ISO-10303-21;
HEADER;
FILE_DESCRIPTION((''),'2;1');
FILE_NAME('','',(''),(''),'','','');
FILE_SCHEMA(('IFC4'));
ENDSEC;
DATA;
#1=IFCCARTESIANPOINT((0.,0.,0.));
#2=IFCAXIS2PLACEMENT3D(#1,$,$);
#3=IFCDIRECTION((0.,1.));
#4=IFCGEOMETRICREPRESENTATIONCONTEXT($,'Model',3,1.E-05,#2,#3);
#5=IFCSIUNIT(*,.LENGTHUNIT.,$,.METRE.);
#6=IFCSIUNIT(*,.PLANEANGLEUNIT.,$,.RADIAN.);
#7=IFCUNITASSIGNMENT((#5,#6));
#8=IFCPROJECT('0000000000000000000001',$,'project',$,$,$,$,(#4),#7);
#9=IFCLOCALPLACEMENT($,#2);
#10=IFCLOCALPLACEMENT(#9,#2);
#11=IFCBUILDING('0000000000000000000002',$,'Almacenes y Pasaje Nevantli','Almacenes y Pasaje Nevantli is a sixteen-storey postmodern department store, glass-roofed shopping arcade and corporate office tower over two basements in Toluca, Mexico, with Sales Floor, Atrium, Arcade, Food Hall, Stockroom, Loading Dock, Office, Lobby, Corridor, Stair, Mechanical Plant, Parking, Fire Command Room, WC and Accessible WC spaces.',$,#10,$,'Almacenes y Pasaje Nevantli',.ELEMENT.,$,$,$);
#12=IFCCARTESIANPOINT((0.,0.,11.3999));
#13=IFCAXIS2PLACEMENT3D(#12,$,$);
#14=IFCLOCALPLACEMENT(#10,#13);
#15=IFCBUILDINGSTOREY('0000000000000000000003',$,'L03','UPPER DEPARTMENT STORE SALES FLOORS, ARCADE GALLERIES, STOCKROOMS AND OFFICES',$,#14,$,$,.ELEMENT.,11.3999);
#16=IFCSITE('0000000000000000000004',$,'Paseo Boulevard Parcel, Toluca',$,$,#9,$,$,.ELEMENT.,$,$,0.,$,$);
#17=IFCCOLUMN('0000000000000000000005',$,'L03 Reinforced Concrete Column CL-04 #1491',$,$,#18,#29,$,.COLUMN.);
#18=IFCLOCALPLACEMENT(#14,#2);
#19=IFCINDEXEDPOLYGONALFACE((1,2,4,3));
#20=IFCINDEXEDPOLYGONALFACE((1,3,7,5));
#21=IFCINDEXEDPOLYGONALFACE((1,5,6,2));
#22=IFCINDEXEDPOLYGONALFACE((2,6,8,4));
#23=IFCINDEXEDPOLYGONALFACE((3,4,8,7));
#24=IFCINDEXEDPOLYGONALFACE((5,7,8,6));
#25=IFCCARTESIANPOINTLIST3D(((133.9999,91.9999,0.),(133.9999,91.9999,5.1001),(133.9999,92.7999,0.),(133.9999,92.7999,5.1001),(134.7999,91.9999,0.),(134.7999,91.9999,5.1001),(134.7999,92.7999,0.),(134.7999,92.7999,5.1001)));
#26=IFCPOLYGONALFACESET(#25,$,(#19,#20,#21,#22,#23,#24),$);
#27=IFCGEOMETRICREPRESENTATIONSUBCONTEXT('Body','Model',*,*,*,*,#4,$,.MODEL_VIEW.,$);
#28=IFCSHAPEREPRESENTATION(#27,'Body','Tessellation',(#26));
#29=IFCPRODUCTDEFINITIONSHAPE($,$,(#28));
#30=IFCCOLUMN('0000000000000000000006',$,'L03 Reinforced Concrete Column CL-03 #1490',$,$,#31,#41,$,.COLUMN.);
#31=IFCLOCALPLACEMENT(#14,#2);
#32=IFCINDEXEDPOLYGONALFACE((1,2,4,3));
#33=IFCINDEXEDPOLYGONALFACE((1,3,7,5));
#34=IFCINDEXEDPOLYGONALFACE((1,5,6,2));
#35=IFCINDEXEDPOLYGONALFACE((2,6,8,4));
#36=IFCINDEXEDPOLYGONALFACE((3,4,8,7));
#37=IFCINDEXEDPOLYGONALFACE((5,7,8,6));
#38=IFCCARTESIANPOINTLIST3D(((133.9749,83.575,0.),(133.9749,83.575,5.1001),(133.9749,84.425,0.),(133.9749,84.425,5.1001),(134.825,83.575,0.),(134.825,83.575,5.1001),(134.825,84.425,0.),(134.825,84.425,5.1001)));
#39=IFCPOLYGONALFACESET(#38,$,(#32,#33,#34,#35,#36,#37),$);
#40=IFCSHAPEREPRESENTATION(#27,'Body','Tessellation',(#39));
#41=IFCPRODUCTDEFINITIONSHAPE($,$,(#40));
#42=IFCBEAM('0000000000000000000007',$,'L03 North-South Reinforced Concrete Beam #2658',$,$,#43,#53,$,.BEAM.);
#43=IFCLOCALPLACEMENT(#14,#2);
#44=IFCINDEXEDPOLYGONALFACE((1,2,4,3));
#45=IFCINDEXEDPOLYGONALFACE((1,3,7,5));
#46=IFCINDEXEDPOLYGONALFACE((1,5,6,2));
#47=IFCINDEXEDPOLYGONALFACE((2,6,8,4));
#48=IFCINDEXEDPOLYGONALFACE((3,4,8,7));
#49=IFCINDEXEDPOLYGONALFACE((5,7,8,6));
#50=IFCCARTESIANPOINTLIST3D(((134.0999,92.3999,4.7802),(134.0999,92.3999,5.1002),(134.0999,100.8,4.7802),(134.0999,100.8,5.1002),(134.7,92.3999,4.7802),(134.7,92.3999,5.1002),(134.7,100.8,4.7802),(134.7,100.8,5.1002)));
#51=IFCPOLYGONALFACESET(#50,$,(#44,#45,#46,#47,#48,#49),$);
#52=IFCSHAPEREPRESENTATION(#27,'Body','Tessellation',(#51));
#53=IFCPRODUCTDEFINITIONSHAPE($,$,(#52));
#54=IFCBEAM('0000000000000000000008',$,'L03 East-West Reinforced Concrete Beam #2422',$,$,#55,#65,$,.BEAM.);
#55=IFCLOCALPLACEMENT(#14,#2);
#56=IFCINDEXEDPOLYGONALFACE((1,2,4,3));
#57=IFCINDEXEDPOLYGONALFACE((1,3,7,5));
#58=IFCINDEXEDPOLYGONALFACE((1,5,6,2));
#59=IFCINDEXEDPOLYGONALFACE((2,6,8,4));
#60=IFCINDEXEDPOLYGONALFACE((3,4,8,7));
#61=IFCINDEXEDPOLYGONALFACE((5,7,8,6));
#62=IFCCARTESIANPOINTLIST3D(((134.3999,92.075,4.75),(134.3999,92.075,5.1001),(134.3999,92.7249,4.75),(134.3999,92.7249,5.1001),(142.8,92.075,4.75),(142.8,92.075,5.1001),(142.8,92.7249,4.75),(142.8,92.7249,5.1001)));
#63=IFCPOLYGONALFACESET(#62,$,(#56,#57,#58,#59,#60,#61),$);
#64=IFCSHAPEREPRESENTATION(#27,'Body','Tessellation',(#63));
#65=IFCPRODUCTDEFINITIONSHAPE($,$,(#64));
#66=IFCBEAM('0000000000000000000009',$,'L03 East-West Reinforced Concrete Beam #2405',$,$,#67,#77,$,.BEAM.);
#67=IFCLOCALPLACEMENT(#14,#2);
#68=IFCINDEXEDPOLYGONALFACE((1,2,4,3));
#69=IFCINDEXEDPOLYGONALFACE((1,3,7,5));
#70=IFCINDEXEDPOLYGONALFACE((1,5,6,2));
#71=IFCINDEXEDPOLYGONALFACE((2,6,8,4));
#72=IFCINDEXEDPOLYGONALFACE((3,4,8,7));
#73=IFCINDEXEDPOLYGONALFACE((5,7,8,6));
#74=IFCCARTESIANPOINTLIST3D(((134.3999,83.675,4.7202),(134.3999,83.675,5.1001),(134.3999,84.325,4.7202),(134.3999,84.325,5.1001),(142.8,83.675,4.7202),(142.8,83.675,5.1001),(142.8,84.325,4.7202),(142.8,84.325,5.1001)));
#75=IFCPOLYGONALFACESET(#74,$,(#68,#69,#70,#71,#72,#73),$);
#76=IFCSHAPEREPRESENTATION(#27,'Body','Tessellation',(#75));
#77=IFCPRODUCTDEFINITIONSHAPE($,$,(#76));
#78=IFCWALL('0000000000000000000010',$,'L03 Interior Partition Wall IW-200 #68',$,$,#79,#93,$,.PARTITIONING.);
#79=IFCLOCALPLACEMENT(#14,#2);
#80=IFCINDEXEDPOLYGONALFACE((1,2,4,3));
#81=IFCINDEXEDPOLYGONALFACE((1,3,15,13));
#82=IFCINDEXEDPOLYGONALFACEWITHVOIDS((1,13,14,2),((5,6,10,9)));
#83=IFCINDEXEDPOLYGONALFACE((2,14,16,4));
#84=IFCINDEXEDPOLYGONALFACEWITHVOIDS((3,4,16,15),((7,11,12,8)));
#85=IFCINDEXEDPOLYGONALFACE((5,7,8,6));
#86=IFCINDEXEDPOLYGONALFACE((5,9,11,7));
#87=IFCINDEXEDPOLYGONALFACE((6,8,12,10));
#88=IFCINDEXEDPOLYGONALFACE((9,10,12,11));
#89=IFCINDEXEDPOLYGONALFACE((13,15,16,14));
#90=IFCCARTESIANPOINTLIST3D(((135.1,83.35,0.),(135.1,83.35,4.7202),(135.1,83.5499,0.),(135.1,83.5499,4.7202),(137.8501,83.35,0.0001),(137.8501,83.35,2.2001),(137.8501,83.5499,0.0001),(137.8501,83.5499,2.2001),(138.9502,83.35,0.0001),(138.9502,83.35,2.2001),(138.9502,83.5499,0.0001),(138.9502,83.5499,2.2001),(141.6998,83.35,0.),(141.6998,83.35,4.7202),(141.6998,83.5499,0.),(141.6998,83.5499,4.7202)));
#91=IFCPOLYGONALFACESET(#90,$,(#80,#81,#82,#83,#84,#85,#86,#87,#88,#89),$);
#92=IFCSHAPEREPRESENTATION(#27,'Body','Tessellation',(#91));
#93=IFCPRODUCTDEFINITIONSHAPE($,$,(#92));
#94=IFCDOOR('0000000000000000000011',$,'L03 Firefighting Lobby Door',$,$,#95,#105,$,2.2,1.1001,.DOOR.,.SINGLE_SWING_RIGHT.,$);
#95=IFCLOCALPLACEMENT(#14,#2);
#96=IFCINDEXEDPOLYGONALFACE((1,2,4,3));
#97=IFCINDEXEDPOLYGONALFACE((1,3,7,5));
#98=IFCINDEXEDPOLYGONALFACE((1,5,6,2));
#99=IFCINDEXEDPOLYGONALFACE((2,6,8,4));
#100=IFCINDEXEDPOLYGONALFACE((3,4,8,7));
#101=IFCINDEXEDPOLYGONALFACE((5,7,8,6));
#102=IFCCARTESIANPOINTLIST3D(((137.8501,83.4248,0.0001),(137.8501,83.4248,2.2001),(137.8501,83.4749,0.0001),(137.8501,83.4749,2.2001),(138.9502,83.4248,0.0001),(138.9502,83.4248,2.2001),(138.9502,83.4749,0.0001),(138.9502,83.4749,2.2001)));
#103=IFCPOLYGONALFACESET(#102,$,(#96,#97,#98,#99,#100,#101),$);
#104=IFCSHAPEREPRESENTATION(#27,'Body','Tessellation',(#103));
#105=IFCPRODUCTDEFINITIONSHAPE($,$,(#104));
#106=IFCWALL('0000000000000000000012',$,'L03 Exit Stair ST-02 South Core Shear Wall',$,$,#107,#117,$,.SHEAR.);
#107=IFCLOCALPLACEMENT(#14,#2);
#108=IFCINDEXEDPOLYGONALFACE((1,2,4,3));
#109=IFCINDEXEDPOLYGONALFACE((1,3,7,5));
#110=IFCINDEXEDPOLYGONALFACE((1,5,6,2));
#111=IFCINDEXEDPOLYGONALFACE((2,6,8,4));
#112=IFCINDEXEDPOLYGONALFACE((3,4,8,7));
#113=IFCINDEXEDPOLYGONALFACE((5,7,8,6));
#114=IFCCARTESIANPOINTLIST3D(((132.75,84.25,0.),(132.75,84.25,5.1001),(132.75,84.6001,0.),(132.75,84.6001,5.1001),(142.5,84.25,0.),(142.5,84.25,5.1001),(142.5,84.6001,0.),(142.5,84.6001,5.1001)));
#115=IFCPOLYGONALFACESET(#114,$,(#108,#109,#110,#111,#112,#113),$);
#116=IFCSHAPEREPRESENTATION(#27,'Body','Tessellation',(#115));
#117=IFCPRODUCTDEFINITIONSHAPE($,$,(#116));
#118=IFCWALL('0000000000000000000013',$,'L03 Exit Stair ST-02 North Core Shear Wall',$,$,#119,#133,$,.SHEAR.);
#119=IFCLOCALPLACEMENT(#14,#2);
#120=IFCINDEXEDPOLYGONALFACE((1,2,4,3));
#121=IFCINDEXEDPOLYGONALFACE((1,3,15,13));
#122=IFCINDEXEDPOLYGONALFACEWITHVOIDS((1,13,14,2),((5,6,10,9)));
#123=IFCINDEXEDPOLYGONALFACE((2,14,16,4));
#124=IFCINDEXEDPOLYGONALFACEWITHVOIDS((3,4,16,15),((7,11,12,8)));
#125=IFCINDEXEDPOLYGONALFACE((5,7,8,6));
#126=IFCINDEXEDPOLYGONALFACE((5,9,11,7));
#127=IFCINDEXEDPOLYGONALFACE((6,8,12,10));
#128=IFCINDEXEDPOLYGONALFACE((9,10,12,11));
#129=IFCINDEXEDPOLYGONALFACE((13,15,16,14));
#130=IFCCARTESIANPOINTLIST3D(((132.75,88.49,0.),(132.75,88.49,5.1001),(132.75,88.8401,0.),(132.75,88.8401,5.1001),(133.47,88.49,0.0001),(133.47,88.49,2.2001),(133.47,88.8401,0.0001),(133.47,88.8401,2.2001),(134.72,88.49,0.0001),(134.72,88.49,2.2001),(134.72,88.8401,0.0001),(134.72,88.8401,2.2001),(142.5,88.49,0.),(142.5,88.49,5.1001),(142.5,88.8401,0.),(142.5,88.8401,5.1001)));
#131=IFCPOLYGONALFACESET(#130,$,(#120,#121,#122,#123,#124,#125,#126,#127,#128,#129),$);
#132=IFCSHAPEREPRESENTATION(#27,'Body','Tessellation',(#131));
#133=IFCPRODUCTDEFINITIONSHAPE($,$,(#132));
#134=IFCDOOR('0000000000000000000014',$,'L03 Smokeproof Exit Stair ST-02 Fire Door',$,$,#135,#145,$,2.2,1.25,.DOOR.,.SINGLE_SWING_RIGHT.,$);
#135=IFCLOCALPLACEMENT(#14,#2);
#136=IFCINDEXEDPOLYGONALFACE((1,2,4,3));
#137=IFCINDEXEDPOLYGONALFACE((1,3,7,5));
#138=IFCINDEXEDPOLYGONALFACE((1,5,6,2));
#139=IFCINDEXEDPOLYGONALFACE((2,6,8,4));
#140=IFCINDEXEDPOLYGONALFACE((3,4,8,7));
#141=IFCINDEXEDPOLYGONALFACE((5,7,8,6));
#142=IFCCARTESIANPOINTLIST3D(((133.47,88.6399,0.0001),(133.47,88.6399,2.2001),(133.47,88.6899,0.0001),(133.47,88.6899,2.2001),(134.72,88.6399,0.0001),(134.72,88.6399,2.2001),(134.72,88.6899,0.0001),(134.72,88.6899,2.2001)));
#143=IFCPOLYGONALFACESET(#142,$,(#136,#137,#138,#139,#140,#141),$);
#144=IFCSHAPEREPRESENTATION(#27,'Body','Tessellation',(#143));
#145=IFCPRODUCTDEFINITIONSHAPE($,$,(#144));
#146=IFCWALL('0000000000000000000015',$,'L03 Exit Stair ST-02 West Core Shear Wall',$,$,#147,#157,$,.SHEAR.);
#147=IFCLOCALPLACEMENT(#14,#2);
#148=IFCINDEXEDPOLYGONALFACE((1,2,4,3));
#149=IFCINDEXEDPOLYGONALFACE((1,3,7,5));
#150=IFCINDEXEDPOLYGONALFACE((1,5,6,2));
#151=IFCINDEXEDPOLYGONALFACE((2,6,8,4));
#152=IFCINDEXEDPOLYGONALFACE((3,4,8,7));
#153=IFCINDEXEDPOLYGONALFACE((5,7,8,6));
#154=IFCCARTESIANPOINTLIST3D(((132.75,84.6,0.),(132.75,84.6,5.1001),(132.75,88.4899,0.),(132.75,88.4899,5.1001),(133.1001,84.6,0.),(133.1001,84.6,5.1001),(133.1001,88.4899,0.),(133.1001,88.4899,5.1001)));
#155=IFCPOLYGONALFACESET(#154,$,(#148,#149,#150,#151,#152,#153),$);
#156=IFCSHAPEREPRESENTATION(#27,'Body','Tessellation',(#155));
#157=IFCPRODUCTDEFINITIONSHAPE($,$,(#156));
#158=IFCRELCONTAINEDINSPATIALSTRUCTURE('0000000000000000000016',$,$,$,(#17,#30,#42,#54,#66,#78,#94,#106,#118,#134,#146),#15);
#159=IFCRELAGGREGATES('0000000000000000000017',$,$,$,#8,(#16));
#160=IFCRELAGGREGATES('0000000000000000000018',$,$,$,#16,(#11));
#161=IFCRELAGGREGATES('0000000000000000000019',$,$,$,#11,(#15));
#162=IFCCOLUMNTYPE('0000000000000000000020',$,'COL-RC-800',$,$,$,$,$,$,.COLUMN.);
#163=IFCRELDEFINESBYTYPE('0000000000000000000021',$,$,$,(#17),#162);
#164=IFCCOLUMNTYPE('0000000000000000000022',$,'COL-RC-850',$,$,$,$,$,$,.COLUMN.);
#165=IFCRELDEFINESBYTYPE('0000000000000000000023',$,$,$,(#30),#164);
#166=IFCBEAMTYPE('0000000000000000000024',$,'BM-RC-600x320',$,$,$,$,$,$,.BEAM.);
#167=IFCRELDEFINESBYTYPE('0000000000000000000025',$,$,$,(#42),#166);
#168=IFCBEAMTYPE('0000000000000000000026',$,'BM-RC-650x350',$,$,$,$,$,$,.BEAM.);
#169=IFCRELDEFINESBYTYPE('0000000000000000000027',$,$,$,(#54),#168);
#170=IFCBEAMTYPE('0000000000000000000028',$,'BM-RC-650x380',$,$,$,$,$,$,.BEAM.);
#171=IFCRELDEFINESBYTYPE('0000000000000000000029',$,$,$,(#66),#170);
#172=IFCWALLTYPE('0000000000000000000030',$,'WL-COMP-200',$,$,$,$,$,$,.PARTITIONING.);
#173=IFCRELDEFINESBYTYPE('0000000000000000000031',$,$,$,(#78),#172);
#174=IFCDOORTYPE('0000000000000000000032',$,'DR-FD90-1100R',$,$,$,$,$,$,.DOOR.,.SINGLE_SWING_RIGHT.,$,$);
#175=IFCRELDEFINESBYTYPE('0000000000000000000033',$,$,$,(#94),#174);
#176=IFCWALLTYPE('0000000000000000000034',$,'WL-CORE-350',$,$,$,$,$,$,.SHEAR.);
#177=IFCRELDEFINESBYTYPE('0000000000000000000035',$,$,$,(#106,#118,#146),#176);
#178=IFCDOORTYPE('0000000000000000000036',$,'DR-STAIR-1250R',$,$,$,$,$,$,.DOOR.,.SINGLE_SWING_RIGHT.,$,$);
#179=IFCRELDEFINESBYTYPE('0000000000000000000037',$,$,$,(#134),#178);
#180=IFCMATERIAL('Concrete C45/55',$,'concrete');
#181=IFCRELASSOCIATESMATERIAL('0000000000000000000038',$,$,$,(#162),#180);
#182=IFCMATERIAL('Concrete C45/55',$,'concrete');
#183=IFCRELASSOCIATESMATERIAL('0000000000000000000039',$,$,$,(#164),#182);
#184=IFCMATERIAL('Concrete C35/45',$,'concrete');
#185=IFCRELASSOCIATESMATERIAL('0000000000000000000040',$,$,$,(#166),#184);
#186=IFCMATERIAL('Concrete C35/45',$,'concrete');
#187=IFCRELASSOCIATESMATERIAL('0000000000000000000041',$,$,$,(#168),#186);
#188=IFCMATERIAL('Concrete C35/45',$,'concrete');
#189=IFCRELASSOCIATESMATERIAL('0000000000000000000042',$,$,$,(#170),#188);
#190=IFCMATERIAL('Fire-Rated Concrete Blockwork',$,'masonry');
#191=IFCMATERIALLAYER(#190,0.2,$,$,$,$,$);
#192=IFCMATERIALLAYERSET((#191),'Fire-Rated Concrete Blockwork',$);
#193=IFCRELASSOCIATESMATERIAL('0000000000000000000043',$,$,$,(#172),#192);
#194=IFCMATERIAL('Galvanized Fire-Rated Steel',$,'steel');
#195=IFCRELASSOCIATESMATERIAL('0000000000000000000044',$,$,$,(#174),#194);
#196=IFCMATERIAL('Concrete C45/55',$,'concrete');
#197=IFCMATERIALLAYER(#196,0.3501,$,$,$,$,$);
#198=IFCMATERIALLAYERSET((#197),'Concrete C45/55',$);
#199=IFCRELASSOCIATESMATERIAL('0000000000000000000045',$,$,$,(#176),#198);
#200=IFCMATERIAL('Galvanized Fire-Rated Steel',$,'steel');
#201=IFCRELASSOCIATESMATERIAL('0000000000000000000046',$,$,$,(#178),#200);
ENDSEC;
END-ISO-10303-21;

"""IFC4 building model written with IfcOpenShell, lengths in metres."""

from ifc_helpers import new_model, si_unit, direction, frame, frame_2d, origin, origin_2d, place, context, subcontext, project, spatial, rectangle, extrude, material, layer, layer_set, material_profile, profile_set, type_object, element, fill, save


model = new_model("IFC4")

# Units and contexts
model_context = context("Model", 3, precision=1e-05, world=origin(), true_north=direction((0.0, 1.0)))
body_context = subcontext(model_context, "Body", "Model", "MODEL_VIEW")
ifc_project = project(units=[si_unit("LENGTHUNIT", "METRE"), si_unit("PLANEANGLEUNIT", "RADIAN")], contexts=[model_context])

# Site, building, storey
site_placement = place(None, origin())
site = spatial("IfcSite", under=ifc_project, at=site_placement, Name="Paseo Boulevard Parcel, Toluca", CompositionType="ELEMENT", RefElevation=0.0)
building_placement = place(site_placement, origin())
building = spatial("IfcBuilding", under=site, at=building_placement, Name="Almacenes y Pasaje Nevantli", Description="Almacenes y Pasaje Nevantli is a sixteen-storey postmodern department store, glass-roofed shopping arcade and corporate office tower over two basements in Toluca, Mexico, with Sales Floor, Atrium, Arcade, Food Hall, Stockroom, Loading Dock, Office, Lobby, Corridor, Stair, Mechanical Plant, Parking, Fire Command Room, WC and Accessible WC spaces.", LongName="Almacenes y Pasaje Nevantli", CompositionType="ELEMENT")
storey_placement = place(building_placement, frame((0.0, 0.0, 11.3999)))
storey = spatial("IfcBuildingStorey", under=building, at=storey_placement, Name="L03", Description="UPPER DEPARTMENT STORE SALES FLOORS, ARCADE GALLERIES, STOCKROOMS AND OFFICES", CompositionType="ELEMENT", Elevation=11.3999)

# Columns
ifc_material_1 = material(Name="Concrete C45/55", Category="concrete")
ifc_material_profile_1 = material_profile(ifc_material_1, rectangle(XDim=0.8, YDim=0.8, at=origin_2d()), Name="RC-COL-800x800")
ifc_profile_set_1 = profile_set([ifc_material_profile_1], Name="Concrete C45/55")
column_type_1 = type_object("IfcColumnType", Name="COL-RC-800", PredefinedType="COLUMN", material=ifc_profile_set_1)
column_1_placement = place(storey_placement, frame((134.3999, 92.3999, 0.0), z_axis=(0.0, 0.0, 1.0), x_axis=(1.0, 0.0, 0.0)))
element("IfcColumn", 1, at=column_1_placement, inside=storey, type_object=column_type_1, Name="L03 Reinforced Concrete Column CL-04 #1491", PredefinedType="COLUMN", context=body_context, shape_type="SweptSolid", body=[
    extrude(rectangle(XDim=0.8, YDim=0.8, at=origin_2d()), origin(), (0.0, 0.0, 1.0), 5.1001),
])
ifc_material_2 = material(Name="Concrete C45/55", Category="concrete")
ifc_material_profile_2 = material_profile(ifc_material_2, rectangle(XDim=0.8501, YDim=0.8501, at=origin_2d()), Name="RC-COL-850x850")
ifc_profile_set_2 = profile_set([ifc_material_profile_2], Name="Concrete C45/55")
column_type_2 = type_object("IfcColumnType", Name="COL-RC-850", PredefinedType="COLUMN", material=ifc_profile_set_2)
column_2_placement = place(storey_placement, frame((134.3999, 84.0, 0.0), z_axis=(0.0, 0.0, 1.0), x_axis=(1.0, 0.0, 0.0)))
element("IfcColumn", 2, at=column_2_placement, inside=storey, type_object=column_type_2, Name="L03 Reinforced Concrete Column CL-03 #1490", PredefinedType="COLUMN", context=body_context, shape_type="SweptSolid", body=[
    extrude(rectangle(XDim=0.8501, YDim=0.8501, at=origin_2d()), origin(), (0.0, 0.0, 1.0), 5.1001),
])

# Beams
ifc_material_3 = material(Name="Concrete C35/45", Category="concrete")
ifc_material_profile_3 = material_profile(ifc_material_3, rectangle(XDim=0.6001, YDim=0.3201, at=origin_2d()), Name="RC-BM-600x320")
ifc_profile_set_3 = profile_set([ifc_material_profile_3], Name="Concrete C35/45")
beam_type_1 = type_object("IfcBeamType", Name="BM-RC-600x320", PredefinedType="BEAM", material=ifc_profile_set_3)
beam_1_placement = place(storey_placement, frame((134.3999, 92.3999, 4.9402), z_axis=(0.0, 1.0, 0.0), x_axis=(-1.0, 0.0, 0.0)))
element("IfcBeam", 3, at=beam_1_placement, inside=storey, type_object=beam_type_1, Name="L03 North-South Reinforced Concrete Beam #2658", PredefinedType="BEAM", context=body_context, shape_type="SweptSolid", body=[
    extrude(rectangle(XDim=0.6001, YDim=0.3201, at=origin_2d()), origin(), (0.0, 0.0, 1.0), 8.4001),
])
ifc_material_4 = material(Name="Concrete C35/45", Category="concrete")
ifc_material_profile_4 = material_profile(ifc_material_4, rectangle(XDim=0.6499, YDim=0.3501, at=origin_2d()), Name="RC-BM-650x350")
ifc_profile_set_4 = profile_set([ifc_material_profile_4], Name="Concrete C35/45")
beam_type_2 = type_object("IfcBeamType", Name="BM-RC-650x350", PredefinedType="BEAM", material=ifc_profile_set_4)
beam_2_placement = place(storey_placement, frame((134.3999, 92.3999, 4.925), z_axis=(1.0, 0.0, 0.0), x_axis=(0.0, 1.0, 0.0)))
element("IfcBeam", 4, at=beam_2_placement, inside=storey, type_object=beam_type_2, Name="L03 East-West Reinforced Concrete Beam #2422", PredefinedType="BEAM", context=body_context, shape_type="SweptSolid", body=[
    extrude(rectangle(XDim=0.6499, YDim=0.3501, at=origin_2d()), origin(), (0.0, 0.0, 1.0), 8.4001),
])
ifc_material_5 = material(Name="Concrete C35/45", Category="concrete")
ifc_material_profile_5 = material_profile(ifc_material_5, rectangle(XDim=0.6499, YDim=0.3799, at=origin_2d()), Name="RC-BM-650x380")
ifc_profile_set_5 = profile_set([ifc_material_profile_5], Name="Concrete C35/45")
beam_type_3 = type_object("IfcBeamType", Name="BM-RC-650x380", PredefinedType="BEAM", material=ifc_profile_set_5)
beam_3_placement = place(storey_placement, frame((134.3999, 84.0, 4.9102), z_axis=(1.0, 0.0, 0.0), x_axis=(0.0, 1.0, 0.0)))
element("IfcBeam", 5, at=beam_3_placement, inside=storey, type_object=beam_type_3, Name="L03 East-West Reinforced Concrete Beam #2405", PredefinedType="BEAM", context=body_context, shape_type="SweptSolid", body=[
    extrude(rectangle(XDim=0.6499, YDim=0.3799, at=origin_2d()), origin(), (0.0, 0.0, 1.0), 8.4001),
])

# Wall, opening, door
ifc_material_6 = material(Name="Fire-Rated Concrete Blockwork", Category="masonry")
ifc_layer_1 = layer(ifc_material_6, 0.2)
ifc_layer_set_1 = layer_set([ifc_layer_1], Name="Fire-Rated Concrete Blockwork")
wall_type_1 = type_object("IfcWallType", Name="WL-COMP-200", PredefinedType="PARTITIONING", material=ifc_layer_set_1)
wall_1_placement = place(storey_placement, frame((135.1001, 83.45, 0.0), z_axis=(0.0, 0.0, 1.0), x_axis=(1.0, 0.0, 0.0)))
wall_1 = element("IfcWall", 6, at=wall_1_placement, inside=storey, type_object=wall_type_1, Name="L03 Interior Partition Wall IW-200 #68", PredefinedType="PARTITIONING", context=body_context, shape_type="SweptSolid", body=[
    extrude(rectangle(XDim=6.5999, YDim=0.2, at=frame_2d((3.2998, 0.0))), origin(), (0.0, 0.0, 1.0), 4.7202),
])
opening_1_placement = place(wall_1_placement, frame((2.75, 0.0, 0.0)))
opening_1 = element("IfcOpeningElement", 7, at=opening_1_placement, cuts=wall_1, PredefinedType="OPENING", context=body_context, shape_type="SweptSolid", body=[
    extrude(rectangle(XDim=1.1001, YDim=2.2, at=frame_2d((0.55, 1.1001))), frame((0.0, 0.1099, 0.0), z_axis=(0.0, -1.0, 0.0), x_axis=(1.0, 0.0, 0.0)), (0.0, 0.0, 1.0), 0.22),
])
ifc_material_7 = material(Name="Galvanized Fire-Rated Steel", Category="steel")
door_type_1 = type_object("IfcDoorType", Name="DR-FD90-1100R", OperationType="SINGLE_SWING_RIGHT", PredefinedType="DOOR", material=ifc_material_7)
door_1_placement = place(opening_1_placement, origin())
door_1 = element("IfcDoor", 8, at=door_1_placement, inside=storey, type_object=door_type_1, Name="L03 Firefighting Lobby Door", OperationType="SINGLE_SWING_RIGHT", OverallHeight=2.2, OverallWidth=1.1001, PredefinedType="DOOR", context=body_context, shape_type="SweptSolid", body=[
    extrude(rectangle(XDim=1.1001, YDim=2.2, at=frame_2d((0.55, 1.1001))), frame((0.0, 0.0249, 0.0), z_axis=(0.0, -1.0, 0.0), x_axis=(1.0, 0.0, 0.0)), (0.0, 0.0, 1.0), 0.05),
])
fill(opening_1, door_1)

# Wall
ifc_material_8 = material(Name="Concrete C45/55", Category="concrete")
ifc_layer_2 = layer(ifc_material_8, 0.3501)
ifc_layer_set_2 = layer_set([ifc_layer_2], Name="Concrete C45/55")
wall_type_2 = type_object("IfcWallType", Name="WL-CORE-350", PredefinedType="SHEAR", material=ifc_layer_set_2)
wall_2_placement = place(storey_placement, frame((132.75, 84.425, 0.0), z_axis=(0.0, 0.0, 1.0), x_axis=(1.0, 0.0, 0.0)))
element("IfcWall", 9, at=wall_2_placement, inside=storey, type_object=wall_type_2, Name="L03 Exit Stair ST-02 South Core Shear Wall", PredefinedType="SHEAR", context=body_context, shape_type="SweptSolid", body=[
    extrude(rectangle(XDim=9.75, YDim=0.3501, at=frame_2d((4.875, 0.0))), origin(), (0.0, 0.0, 1.0), 5.1001),
])

# Wall, opening, door
wall_3_placement = place(storey_placement, frame((132.75, 88.665, 0.0), z_axis=(0.0, 0.0, 1.0), x_axis=(1.0, 0.0, 0.0)))
wall_3 = element("IfcWall", 10, at=wall_3_placement, inside=storey, type_object=wall_type_2, Name="L03 Exit Stair ST-02 North Core Shear Wall", PredefinedType="SHEAR", context=body_context, shape_type="SweptSolid", body=[
    extrude(rectangle(XDim=9.75, YDim=0.3501, at=frame_2d((4.875, 0.0))), origin(), (0.0, 0.0, 1.0), 5.1001),
])
opening_2_placement = place(wall_3_placement, frame((0.72, 0.0, 0.0)))
opening_2 = element("IfcOpeningElement", 11, at=opening_2_placement, cuts=wall_3, PredefinedType="OPENING", context=body_context, shape_type="SweptSolid", body=[
    extrude(rectangle(XDim=1.25, YDim=2.2, at=frame_2d((0.625, 1.1001))), frame((0.0, 0.1851, 0.0), z_axis=(0.0, -1.0, 0.0), x_axis=(1.0, 0.0, 0.0)), (0.0, 0.0, 1.0), 0.3701),
])
ifc_material_9 = material(Name="Galvanized Fire-Rated Steel", Category="steel")
door_type_2 = type_object("IfcDoorType", Name="DR-STAIR-1250R", OperationType="SINGLE_SWING_RIGHT", PredefinedType="DOOR", material=ifc_material_9)
door_2_placement = place(opening_2_placement, origin())
door_2 = element("IfcDoor", 12, at=door_2_placement, inside=storey, type_object=door_type_2, Name="L03 Smokeproof Exit Stair ST-02 Fire Door", OperationType="SINGLE_SWING_RIGHT", OverallHeight=2.2, OverallWidth=1.25, PredefinedType="DOOR", context=body_context, shape_type="SweptSolid", body=[
    extrude(rectangle(XDim=1.25, YDim=2.2, at=frame_2d((0.625, 1.1001))), frame((0.0, 0.0249, 0.0), z_axis=(0.0, -1.0, 0.0), x_axis=(1.0, 0.0, 0.0)), (0.0, 0.0, 1.0), 0.05),
])
fill(opening_2, door_2)

# Wall
wall_4_placement = place(storey_placement, frame((132.925, 84.6001, 0.0), z_axis=(0.0, 0.0, 1.0), x_axis=(0.0, 1.0, 0.0)))
element("IfcWall", 13, at=wall_4_placement, inside=storey, type_object=wall_type_2, Name="L03 Exit Stair ST-02 West Core Shear Wall", PredefinedType="SHEAR", context=body_context, shape_type="SweptSolid", body=[
    extrude(rectangle(XDim=3.8899, YDim=0.3501, at=frame_2d((1.9448, 0.0))), origin(), (0.0, 0.0, 1.0), 5.1001),
])

save(model, "model.ifc")
